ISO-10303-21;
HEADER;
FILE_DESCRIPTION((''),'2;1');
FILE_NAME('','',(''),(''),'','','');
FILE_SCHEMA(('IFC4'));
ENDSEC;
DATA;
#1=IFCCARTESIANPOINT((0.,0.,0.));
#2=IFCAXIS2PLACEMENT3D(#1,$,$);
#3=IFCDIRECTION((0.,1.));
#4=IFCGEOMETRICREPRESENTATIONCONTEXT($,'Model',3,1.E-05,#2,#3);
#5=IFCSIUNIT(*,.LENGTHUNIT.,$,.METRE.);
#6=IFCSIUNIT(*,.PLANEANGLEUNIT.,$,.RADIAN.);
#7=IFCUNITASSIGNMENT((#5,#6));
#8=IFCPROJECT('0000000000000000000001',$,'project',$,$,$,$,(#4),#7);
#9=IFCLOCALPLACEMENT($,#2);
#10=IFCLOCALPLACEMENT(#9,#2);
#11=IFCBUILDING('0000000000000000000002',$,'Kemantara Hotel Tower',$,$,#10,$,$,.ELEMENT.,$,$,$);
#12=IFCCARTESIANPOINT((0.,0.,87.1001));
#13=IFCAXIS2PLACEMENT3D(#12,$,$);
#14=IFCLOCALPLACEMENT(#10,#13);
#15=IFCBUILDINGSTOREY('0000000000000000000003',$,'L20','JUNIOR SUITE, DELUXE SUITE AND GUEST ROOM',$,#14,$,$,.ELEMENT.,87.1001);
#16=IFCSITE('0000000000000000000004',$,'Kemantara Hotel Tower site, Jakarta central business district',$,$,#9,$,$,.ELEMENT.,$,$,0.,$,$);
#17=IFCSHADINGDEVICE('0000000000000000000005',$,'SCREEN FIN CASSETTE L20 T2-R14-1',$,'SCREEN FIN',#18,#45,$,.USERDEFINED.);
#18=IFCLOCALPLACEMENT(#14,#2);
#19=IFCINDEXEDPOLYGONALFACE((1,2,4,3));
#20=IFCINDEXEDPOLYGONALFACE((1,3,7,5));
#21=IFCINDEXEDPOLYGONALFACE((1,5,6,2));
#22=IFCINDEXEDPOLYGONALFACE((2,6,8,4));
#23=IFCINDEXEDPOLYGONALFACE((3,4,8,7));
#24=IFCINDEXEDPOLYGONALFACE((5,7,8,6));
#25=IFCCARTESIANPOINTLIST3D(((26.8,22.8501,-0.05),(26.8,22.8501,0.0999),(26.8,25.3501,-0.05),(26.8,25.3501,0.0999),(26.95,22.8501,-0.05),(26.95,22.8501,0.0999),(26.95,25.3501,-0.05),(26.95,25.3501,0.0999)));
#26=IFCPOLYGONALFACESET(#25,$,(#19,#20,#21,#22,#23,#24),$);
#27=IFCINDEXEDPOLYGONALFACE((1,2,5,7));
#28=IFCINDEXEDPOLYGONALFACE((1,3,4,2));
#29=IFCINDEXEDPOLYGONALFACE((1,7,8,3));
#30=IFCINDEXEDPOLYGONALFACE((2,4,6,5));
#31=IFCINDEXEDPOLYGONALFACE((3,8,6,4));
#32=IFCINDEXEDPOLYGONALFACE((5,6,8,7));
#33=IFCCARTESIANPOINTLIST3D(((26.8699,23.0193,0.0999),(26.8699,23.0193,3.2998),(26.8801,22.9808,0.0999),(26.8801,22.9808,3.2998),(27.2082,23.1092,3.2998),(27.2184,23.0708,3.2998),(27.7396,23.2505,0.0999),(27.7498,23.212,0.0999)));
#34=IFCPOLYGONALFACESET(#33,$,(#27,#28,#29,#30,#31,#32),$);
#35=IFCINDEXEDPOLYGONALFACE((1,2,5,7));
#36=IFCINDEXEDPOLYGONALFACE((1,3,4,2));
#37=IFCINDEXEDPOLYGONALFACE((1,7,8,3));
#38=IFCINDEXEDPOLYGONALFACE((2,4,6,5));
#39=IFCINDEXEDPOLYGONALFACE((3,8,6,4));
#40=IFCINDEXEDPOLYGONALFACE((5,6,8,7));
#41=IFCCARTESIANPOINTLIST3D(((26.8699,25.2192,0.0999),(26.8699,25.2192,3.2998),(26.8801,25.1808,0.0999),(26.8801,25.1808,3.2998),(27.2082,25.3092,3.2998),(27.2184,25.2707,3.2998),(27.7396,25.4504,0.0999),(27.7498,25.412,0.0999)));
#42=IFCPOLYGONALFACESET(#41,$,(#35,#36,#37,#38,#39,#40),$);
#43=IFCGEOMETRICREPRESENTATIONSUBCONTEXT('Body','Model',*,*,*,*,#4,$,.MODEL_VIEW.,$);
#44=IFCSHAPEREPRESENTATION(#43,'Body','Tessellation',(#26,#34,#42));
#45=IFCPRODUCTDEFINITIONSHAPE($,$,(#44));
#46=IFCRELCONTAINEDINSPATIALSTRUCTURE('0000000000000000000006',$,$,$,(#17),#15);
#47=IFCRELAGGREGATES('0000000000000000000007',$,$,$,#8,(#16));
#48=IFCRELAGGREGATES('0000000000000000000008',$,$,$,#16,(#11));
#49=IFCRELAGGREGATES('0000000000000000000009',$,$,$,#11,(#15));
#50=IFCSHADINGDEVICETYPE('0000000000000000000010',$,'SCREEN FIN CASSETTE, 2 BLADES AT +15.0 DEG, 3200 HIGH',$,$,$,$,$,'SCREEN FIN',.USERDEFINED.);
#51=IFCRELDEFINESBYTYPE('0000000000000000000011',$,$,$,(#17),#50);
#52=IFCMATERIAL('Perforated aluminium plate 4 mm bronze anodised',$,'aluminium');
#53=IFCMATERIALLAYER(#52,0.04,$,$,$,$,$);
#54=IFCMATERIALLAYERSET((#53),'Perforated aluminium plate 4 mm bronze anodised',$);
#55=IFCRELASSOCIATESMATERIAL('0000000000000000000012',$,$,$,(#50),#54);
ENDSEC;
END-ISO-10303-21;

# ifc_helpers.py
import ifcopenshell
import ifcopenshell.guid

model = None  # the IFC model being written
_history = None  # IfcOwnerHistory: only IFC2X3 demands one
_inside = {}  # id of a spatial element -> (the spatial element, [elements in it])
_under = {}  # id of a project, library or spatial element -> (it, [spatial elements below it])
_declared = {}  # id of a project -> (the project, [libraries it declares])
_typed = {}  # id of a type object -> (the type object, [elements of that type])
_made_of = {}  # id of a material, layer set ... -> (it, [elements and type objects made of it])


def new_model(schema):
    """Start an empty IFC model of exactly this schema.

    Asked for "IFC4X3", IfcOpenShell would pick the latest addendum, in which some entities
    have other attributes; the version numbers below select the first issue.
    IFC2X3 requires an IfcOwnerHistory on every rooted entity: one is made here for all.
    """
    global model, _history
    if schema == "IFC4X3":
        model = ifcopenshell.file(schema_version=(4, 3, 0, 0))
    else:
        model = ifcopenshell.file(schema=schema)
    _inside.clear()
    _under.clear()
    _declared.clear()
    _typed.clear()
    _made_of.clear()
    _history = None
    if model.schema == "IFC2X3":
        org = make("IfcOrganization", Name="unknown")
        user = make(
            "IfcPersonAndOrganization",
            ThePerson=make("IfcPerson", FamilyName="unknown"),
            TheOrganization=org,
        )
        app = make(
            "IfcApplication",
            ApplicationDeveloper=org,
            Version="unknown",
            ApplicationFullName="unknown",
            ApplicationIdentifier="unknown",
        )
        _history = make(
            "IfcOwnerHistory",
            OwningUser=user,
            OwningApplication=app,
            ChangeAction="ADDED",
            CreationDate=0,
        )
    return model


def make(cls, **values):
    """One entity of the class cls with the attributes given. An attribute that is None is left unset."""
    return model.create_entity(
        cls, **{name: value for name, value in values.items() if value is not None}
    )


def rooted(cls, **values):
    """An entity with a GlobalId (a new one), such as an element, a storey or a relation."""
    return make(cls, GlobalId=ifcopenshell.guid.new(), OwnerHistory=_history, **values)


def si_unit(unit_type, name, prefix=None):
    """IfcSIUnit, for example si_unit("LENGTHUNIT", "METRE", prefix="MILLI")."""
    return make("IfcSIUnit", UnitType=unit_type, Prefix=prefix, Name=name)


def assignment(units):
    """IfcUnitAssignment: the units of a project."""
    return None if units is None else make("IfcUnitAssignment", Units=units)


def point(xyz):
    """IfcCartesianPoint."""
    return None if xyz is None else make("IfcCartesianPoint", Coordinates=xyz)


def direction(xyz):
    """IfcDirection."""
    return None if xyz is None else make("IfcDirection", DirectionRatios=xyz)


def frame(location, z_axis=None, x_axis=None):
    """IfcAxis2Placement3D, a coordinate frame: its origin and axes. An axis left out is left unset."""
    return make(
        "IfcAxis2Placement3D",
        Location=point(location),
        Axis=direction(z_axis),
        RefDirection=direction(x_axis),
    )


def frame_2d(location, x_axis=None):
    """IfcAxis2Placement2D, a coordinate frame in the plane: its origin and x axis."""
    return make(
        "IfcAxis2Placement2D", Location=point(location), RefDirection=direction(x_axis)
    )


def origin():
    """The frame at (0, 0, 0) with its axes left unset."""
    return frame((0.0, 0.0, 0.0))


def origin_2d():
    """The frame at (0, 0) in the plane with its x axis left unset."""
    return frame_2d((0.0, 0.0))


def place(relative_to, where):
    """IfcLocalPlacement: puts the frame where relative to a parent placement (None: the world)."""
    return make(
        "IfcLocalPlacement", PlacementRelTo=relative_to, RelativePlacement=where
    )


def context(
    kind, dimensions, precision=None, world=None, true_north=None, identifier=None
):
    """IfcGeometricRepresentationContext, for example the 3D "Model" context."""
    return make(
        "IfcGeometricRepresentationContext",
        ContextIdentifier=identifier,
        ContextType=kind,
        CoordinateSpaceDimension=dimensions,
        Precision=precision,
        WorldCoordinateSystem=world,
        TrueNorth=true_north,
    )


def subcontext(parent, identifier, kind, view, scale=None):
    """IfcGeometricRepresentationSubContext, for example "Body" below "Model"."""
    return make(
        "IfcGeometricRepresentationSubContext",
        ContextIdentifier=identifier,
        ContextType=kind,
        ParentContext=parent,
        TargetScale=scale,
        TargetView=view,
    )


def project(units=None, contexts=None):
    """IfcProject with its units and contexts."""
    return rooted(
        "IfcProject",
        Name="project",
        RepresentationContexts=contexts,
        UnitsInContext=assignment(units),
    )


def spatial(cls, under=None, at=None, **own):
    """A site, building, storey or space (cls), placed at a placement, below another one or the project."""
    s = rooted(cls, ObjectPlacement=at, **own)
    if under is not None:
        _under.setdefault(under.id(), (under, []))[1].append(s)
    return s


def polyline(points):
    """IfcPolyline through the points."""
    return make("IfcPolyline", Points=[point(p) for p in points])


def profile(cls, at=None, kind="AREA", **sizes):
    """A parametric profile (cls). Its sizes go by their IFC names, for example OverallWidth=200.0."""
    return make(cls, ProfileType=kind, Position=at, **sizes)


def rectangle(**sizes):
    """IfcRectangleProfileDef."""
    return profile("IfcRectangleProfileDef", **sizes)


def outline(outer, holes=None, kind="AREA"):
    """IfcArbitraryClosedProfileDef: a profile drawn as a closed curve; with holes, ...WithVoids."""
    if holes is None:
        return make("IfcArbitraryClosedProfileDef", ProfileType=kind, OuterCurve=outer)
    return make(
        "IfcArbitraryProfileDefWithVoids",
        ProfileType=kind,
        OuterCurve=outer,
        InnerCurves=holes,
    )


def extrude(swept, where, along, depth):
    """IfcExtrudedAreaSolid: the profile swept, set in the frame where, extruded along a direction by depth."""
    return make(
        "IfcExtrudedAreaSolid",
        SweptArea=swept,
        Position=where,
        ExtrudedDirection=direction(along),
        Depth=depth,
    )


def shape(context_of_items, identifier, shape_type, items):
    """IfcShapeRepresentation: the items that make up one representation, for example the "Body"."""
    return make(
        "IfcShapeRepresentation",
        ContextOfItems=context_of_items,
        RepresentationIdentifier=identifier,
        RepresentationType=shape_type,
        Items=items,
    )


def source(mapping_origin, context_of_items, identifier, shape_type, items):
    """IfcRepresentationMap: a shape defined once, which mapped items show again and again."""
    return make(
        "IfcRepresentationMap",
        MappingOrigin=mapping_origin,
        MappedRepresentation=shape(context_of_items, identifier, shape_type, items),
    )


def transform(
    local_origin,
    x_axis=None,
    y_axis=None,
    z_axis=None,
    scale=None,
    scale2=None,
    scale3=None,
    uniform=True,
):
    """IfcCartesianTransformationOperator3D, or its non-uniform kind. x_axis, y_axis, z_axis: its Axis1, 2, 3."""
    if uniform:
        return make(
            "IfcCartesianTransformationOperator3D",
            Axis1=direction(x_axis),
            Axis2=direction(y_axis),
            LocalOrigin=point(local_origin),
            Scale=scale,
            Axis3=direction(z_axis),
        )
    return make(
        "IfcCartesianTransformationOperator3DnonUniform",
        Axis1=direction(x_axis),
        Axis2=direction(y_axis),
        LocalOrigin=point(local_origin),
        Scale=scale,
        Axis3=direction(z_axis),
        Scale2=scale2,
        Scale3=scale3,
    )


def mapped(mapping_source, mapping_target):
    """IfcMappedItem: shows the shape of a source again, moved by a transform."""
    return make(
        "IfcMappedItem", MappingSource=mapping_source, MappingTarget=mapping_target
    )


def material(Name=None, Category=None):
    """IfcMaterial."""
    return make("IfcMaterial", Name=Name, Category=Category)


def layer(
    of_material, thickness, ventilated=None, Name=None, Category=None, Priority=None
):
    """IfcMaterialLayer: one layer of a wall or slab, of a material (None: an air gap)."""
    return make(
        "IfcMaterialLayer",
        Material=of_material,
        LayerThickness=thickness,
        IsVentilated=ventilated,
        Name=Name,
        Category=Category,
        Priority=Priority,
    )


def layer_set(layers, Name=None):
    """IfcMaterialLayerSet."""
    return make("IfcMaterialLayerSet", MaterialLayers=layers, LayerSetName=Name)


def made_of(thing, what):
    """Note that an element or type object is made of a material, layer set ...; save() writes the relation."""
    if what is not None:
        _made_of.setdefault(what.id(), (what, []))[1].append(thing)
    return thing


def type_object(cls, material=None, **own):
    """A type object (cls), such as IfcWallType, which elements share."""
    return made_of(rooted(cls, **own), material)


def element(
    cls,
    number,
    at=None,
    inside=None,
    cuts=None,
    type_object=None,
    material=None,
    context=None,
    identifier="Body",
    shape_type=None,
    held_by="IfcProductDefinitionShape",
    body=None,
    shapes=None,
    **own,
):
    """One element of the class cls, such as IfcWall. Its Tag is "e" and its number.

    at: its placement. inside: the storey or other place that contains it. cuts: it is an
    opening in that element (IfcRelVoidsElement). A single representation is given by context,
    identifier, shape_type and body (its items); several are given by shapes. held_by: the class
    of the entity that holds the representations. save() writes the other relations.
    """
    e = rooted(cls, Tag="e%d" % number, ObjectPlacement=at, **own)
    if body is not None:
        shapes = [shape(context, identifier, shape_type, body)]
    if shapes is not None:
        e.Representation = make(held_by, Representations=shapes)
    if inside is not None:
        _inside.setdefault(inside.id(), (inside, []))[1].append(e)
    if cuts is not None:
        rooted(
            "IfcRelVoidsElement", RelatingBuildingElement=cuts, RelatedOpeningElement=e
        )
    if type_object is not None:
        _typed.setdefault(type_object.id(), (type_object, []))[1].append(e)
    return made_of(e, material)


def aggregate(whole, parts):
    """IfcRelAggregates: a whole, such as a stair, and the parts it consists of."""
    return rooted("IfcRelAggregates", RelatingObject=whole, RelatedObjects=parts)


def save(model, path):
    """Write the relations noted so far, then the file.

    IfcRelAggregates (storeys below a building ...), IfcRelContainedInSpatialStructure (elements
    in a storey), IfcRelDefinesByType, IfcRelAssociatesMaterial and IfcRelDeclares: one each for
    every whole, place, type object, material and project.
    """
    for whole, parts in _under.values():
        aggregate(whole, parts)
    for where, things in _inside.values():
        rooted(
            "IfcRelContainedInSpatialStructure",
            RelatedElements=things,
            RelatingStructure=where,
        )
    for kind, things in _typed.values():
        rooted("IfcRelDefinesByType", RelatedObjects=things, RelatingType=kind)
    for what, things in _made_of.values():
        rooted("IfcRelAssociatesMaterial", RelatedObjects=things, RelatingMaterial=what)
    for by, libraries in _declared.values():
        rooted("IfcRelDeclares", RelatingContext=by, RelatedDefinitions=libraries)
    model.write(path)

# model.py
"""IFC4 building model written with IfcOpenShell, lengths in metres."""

from ifc_helpers import new_model, si_unit, direction, frame, origin, origin_2d, place, context, subcontext, project, spatial, polyline, rectangle, outline, extrude, source, transform, mapped, material, layer, layer_set, type_object, element, save


model = new_model("IFC4")

# Units and contexts
model_context = context("Model", 3, precision=1e-05, world=origin(), true_north=direction((0.0, 1.0)))
body_context = subcontext(model_context, "Body", "Model", "MODEL_VIEW")
ifc_project = project(units=[si_unit("LENGTHUNIT", "METRE"), si_unit("PLANEANGLEUNIT", "RADIAN")], contexts=[model_context])

# Site, building, storey
site_placement = place(None, origin())
site = spatial("IfcSite", under=ifc_project, at=site_placement, Name="Kemantara Hotel Tower site, Jakarta central business district", CompositionType="ELEMENT", RefElevation=0.0)
building_placement = place(site_placement, origin())
building = spatial("IfcBuilding", under=site, at=building_placement, Name="Kemantara Hotel Tower", CompositionType="ELEMENT")
storey_placement = place(building_placement, frame((0.0, 0.0, 87.1001)))
storey = spatial("IfcBuildingStorey", under=building, at=storey_placement, Name="L20", Description="JUNIOR SUITE, DELUXE SUITE AND GUEST ROOM", CompositionType="ELEMENT", Elevation=87.1001)

# Shading device
ifc_material_1 = material(Name="Perforated aluminium plate 4 mm bronze anodised", Category="aluminium")
ifc_layer_1 = layer(ifc_material_1, 0.04)
ifc_layer_set_1 = layer_set([ifc_layer_1], Name="Perforated aluminium plate 4 mm bronze anodised")
shading_device_type_1 = type_object("IfcShadingDeviceType", Name="SCREEN FIN CASSETTE, 2 BLADES AT +15.0 DEG, 3200 HIGH", ElementType="SCREEN FIN", PredefinedType="USERDEFINED", material=ifc_layer_set_1)
shared_shape_1 = source(origin(), body_context, "Body", "SweptSolid", [
    extrude(rectangle(XDim=2.5, YDim=0.1499, at=origin_2d()), frame((1.1001, -0.075, -0.1499), z_axis=(0.0, 0.0, 1.0), x_axis=(1.0, 0.0, 0.0)), (0.0, 0.0, 1.0), 0.1499),
    extrude(outline(polyline([(0.0, 0.0), (0.8999, 0.0), (0.3501, 3.2), (0.0, 3.2), (0.0, 0.0)])), frame((0.0193, -0.0698, 0.0), z_axis=(-0.966438, -0.256901, 0.0), x_axis=(0.256901, -0.966438, 0.0)), (0.0, 0.0, 1.0), 0.0398),
    extrude(outline(polyline([(0.0, 0.0), (0.8999, 0.0), (0.3501, 3.2), (0.0, 3.2), (0.0, 0.0)])), frame((2.2192, -0.0698, 0.0), z_axis=(-0.966438, -0.256901, 0.0), x_axis=(0.256901, -0.966438, 0.0)), (0.0, 0.0, 1.0), 0.0398),
])
shading_device_1_placement = place(storey_placement, frame((26.8, 23.0, 0.0999), z_axis=(0.0, 0.0, 1.0), x_axis=(0.0, 1.0, 0.0)))
element("IfcShadingDevice", 1, at=shading_device_1_placement, inside=storey, type_object=shading_device_type_1, Name="SCREEN FIN CASSETTE L20 T2-R14-1", ObjectType="SCREEN FIN", PredefinedType="USERDEFINED", context=body_context, shape_type="MappedRepresentation", body=[
    mapped(shared_shape_1, transform((0.0, 0.0, 0.0))),
])

save(model, "model.ifc")
